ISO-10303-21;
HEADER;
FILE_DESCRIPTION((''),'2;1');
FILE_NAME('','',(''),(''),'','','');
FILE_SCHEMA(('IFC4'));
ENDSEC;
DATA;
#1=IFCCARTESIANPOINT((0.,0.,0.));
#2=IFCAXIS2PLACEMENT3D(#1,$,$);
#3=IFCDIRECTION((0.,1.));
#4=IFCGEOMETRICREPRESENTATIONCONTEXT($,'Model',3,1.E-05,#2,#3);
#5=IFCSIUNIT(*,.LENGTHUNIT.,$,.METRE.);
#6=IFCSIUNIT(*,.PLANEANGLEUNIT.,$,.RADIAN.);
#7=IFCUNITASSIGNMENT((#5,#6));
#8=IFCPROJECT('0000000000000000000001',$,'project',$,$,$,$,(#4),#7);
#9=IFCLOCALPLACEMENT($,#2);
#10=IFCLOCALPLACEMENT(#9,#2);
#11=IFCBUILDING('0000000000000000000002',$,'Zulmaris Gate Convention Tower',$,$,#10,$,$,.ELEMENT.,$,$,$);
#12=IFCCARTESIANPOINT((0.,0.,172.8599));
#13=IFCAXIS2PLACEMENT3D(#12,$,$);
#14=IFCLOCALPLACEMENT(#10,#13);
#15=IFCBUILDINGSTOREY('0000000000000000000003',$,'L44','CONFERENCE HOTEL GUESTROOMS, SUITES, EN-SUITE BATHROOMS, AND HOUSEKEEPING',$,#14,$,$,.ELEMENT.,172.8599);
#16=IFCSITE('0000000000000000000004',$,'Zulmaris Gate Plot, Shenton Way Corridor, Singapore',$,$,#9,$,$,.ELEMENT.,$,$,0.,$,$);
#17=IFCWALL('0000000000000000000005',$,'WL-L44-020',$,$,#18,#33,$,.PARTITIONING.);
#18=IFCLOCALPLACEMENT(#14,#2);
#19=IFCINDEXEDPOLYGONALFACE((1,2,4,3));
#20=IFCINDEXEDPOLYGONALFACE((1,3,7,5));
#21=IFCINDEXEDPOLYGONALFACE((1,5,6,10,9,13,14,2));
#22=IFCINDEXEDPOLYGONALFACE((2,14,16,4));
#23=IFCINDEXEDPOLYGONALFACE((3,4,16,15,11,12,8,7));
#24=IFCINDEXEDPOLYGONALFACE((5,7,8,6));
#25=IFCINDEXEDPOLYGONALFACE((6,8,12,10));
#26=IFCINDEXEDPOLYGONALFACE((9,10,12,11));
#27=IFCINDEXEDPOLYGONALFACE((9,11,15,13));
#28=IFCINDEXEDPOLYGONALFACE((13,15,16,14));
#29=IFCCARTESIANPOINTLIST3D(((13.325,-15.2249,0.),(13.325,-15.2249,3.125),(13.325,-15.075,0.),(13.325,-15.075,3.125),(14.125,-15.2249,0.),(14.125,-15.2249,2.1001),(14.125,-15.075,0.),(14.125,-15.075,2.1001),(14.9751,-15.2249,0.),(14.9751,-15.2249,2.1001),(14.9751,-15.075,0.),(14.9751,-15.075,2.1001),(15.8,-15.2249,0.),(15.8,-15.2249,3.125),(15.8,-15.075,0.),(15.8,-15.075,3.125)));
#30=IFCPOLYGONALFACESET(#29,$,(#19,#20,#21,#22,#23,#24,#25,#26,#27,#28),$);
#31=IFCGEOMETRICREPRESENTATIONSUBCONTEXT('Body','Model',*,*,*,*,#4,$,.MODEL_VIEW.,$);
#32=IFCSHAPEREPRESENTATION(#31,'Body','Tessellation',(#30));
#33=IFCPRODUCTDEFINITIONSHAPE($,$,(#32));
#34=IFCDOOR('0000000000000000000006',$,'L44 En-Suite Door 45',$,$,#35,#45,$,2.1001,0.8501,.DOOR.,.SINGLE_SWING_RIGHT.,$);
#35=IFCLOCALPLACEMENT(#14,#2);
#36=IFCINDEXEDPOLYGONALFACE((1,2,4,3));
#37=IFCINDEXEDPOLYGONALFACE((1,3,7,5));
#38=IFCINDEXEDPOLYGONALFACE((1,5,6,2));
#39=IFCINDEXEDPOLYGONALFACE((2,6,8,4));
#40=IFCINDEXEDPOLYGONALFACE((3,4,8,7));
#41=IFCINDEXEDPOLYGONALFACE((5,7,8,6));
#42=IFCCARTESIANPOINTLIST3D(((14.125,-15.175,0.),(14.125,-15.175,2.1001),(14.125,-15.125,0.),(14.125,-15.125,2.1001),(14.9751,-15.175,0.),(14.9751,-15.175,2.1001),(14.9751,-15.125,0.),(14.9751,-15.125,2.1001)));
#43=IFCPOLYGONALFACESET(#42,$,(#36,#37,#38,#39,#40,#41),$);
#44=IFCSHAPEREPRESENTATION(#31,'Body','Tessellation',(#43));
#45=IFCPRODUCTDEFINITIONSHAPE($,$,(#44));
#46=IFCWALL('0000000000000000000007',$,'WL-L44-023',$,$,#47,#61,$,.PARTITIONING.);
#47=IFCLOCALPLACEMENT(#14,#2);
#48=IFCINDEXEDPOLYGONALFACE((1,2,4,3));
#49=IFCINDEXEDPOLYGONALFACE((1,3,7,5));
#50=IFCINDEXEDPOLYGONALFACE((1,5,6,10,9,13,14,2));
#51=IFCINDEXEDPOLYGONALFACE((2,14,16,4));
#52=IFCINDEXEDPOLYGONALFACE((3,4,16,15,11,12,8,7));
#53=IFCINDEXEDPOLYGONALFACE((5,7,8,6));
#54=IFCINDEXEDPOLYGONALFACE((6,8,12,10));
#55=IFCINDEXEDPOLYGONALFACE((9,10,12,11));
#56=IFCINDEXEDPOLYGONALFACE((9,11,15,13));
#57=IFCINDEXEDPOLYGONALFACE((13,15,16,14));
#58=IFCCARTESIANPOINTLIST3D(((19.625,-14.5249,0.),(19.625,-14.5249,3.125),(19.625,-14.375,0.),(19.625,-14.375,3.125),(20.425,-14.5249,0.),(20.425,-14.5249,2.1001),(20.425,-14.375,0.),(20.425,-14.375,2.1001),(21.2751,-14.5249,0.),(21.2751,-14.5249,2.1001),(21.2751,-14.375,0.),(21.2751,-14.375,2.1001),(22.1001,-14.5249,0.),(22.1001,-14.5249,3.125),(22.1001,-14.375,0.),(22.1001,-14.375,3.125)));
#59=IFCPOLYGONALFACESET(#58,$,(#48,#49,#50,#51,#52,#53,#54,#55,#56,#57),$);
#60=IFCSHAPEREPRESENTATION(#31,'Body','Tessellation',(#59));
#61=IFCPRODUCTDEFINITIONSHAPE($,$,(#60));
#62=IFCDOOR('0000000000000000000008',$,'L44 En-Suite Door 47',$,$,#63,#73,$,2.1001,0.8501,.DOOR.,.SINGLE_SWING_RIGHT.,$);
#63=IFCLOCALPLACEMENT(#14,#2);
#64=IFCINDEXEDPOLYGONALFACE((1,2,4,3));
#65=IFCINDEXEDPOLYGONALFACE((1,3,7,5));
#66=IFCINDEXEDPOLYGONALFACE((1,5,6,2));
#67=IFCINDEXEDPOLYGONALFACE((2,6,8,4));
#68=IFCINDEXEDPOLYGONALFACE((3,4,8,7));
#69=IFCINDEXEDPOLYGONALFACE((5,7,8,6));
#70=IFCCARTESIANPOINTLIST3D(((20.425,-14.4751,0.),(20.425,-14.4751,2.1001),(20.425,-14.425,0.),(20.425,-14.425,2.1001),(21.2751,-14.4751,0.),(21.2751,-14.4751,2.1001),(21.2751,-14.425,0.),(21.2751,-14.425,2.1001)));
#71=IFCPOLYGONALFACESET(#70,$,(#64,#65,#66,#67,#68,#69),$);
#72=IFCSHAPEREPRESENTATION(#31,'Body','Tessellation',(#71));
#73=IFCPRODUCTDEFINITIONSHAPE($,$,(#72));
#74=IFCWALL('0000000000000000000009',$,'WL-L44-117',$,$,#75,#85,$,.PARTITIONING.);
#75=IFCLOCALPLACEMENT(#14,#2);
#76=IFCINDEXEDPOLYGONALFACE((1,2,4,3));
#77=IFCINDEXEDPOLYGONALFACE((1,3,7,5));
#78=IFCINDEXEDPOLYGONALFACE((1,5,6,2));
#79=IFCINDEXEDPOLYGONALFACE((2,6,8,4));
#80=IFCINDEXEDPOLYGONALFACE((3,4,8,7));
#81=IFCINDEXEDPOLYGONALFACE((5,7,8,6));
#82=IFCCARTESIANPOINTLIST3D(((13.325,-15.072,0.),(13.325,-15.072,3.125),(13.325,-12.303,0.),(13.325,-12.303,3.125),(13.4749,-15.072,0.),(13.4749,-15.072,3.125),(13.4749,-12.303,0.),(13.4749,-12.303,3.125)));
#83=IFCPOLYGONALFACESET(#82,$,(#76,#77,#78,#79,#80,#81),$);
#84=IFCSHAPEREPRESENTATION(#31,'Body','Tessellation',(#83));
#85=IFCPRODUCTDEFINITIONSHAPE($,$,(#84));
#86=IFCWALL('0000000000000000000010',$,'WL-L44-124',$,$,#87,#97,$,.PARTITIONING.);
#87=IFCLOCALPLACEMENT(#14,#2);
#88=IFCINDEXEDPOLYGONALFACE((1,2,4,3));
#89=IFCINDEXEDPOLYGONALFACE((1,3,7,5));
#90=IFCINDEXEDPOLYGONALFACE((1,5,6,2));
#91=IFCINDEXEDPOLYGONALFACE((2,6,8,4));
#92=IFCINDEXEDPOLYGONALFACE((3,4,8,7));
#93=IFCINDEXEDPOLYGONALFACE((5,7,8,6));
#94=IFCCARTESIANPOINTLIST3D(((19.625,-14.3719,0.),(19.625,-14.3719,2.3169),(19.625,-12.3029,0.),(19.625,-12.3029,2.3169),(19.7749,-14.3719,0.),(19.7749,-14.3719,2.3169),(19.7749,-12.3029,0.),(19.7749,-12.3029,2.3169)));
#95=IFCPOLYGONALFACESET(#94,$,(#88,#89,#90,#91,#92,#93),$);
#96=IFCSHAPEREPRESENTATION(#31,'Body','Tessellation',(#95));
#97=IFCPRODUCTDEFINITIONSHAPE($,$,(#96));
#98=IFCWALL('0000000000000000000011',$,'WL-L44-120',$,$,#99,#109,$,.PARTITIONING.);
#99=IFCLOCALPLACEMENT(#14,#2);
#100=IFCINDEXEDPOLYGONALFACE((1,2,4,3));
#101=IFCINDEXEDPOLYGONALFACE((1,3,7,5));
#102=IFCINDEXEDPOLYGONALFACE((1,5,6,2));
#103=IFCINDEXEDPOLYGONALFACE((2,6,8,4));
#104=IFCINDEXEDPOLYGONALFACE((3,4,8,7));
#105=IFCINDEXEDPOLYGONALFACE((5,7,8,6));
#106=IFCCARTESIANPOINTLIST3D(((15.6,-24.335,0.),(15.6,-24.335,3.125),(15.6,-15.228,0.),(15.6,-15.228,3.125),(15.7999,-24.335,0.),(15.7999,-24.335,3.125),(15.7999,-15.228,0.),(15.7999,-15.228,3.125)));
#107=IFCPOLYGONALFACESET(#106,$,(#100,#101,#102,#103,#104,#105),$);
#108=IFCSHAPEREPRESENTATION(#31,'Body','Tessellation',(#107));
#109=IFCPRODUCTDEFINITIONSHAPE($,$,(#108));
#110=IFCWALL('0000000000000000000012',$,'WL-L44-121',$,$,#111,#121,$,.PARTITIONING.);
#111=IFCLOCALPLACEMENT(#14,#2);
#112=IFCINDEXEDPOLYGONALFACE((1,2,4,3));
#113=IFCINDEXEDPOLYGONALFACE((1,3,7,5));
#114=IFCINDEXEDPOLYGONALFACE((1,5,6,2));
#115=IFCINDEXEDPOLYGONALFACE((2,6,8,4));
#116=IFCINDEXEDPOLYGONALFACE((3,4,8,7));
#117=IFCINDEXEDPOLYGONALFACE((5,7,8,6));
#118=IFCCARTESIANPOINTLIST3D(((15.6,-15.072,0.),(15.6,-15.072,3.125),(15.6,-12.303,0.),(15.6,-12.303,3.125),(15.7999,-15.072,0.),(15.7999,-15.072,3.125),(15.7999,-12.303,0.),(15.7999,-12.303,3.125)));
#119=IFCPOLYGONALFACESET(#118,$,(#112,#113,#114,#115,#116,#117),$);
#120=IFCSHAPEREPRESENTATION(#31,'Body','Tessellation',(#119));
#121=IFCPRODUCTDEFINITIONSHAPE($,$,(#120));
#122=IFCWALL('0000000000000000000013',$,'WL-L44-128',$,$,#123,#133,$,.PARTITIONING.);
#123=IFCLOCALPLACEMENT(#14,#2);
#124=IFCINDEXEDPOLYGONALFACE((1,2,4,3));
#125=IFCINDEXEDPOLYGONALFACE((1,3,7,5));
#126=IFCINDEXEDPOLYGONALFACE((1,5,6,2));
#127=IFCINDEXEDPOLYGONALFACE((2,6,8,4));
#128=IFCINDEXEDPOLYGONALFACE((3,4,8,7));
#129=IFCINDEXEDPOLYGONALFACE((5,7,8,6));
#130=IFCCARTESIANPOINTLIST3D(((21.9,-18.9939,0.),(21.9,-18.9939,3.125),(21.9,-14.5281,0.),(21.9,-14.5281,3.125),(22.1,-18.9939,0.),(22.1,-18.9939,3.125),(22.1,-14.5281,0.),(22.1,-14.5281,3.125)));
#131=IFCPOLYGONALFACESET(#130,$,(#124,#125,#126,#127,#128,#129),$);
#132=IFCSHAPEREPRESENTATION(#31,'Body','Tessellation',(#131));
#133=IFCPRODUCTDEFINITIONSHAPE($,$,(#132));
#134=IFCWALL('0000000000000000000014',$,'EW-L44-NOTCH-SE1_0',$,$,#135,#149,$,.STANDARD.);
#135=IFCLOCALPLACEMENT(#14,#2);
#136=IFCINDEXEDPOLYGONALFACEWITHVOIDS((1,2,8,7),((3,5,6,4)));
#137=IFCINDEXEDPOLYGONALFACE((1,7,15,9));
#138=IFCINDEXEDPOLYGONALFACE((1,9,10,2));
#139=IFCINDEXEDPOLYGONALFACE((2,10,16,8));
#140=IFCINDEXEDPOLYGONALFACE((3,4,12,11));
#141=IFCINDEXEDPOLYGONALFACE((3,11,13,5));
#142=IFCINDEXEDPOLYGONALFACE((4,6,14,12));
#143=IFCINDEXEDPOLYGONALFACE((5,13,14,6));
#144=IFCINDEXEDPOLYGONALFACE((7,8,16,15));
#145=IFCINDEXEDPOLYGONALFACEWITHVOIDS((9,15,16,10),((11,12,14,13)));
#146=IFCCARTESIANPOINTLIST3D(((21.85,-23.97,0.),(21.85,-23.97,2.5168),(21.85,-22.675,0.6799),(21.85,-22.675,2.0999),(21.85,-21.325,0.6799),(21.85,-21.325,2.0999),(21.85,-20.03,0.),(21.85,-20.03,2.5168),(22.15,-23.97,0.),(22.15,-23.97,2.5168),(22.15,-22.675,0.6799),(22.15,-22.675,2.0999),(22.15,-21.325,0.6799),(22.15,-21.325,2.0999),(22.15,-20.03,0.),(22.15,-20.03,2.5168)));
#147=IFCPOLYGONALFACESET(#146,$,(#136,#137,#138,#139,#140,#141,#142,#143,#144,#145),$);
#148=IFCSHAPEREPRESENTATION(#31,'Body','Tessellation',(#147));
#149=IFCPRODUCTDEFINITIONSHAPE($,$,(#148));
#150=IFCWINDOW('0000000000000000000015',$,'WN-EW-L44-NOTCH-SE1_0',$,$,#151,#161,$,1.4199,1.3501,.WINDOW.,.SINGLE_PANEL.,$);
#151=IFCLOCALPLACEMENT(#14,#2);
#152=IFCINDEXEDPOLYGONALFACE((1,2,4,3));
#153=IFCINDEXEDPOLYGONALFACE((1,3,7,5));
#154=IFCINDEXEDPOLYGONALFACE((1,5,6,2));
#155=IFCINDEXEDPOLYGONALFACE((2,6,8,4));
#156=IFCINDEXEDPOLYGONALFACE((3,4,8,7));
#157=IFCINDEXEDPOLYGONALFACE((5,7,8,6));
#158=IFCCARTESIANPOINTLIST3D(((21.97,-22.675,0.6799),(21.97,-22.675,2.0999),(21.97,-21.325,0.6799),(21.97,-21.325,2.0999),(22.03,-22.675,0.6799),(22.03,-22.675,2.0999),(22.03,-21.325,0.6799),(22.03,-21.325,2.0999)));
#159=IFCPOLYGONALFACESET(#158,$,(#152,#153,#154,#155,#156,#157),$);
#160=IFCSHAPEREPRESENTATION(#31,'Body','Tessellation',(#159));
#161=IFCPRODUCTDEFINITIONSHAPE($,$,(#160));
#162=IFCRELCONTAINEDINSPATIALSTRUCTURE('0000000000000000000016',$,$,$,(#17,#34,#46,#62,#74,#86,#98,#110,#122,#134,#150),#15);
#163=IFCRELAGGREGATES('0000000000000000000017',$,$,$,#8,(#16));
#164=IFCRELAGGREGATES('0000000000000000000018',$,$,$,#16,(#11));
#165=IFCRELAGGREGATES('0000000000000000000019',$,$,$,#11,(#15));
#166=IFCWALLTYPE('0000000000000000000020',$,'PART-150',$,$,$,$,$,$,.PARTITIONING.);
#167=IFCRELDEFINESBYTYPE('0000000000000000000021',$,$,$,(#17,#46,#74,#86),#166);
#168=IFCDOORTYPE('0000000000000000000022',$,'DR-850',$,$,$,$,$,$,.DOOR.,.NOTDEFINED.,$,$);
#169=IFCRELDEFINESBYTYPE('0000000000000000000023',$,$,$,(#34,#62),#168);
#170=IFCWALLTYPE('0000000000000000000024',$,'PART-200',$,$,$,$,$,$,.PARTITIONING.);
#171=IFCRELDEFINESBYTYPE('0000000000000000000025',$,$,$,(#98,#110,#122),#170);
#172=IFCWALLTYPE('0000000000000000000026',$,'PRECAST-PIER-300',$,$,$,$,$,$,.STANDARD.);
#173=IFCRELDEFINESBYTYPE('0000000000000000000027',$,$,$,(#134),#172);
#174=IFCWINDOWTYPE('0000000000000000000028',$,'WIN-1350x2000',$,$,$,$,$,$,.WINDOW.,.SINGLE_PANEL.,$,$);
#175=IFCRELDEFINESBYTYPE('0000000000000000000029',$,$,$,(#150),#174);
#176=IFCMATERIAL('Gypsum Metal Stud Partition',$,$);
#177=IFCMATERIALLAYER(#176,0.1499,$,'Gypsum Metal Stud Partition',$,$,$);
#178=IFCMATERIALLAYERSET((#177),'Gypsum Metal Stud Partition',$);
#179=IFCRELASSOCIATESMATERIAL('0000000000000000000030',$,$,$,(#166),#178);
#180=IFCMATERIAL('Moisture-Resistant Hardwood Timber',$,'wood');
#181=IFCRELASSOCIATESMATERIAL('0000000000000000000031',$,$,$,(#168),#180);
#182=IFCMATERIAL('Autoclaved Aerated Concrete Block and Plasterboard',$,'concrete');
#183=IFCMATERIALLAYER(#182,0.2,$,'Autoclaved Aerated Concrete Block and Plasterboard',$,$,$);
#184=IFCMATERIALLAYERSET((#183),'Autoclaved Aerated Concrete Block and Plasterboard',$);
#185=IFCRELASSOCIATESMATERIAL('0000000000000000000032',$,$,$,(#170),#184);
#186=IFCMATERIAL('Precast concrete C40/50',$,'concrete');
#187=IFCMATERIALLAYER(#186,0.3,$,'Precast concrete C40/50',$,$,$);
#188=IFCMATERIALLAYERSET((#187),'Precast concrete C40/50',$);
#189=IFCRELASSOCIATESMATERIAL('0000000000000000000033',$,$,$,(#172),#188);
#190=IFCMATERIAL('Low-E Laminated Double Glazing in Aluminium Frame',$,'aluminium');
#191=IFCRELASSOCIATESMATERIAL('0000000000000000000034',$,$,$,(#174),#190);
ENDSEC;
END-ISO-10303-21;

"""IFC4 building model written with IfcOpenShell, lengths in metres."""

from ifc_helpers import new_model, si_unit, direction, frame, frame_2d, origin, place, context, subcontext, project, spatial, rectangle, extrude, material, layer, layer_set, type_object, element, fill, save


model = new_model("IFC4")

# Units and contexts
model_context = context("Model", 3, precision=1e-05, world=origin(), true_north=direction((0.0, 1.0)))
body_context = subcontext(model_context, "Body", "Model", "MODEL_VIEW")
ifc_project = project(units=[si_unit("LENGTHUNIT", "METRE"), si_unit("PLANEANGLEUNIT", "RADIAN")], contexts=[model_context])

# Site, building, storey
site_placement = place(None, origin())
site = spatial("IfcSite", under=ifc_project, at=site_placement, Name="Zulmaris Gate Plot, Shenton Way Corridor, Singapore", CompositionType="ELEMENT", RefElevation=0.0)
building_placement = place(site_placement, origin())
building = spatial("IfcBuilding", under=site, at=building_placement, Name="Zulmaris Gate Convention Tower", CompositionType="ELEMENT")
storey_placement = place(building_placement, frame((0.0, 0.0, 172.8599)))
storey = spatial("IfcBuildingStorey", under=building, at=storey_placement, Name="L44", Description="CONFERENCE HOTEL GUESTROOMS, SUITES, EN-SUITE BATHROOMS, AND HOUSEKEEPING", CompositionType="ELEMENT", Elevation=172.8599)

# Walls, openings, doors
ifc_material_1 = material(Name="Gypsum Metal Stud Partition")
ifc_layer_1 = layer(ifc_material_1, 0.1499, Name="Gypsum Metal Stud Partition")
ifc_layer_set_1 = layer_set([ifc_layer_1], Name="Gypsum Metal Stud Partition")
wall_type_1 = type_object("IfcWallType", Name="PART-150", PredefinedType="PARTITIONING", material=ifc_layer_set_1)
wall_1_placement = place(storey_placement, frame((13.325, -15.1499, 0.0), z_axis=(0.0, 0.0, 1.0), x_axis=(1.0, 0.0, 0.0)))
wall_1 = element("IfcWall", 1, at=wall_1_placement, inside=storey, type_object=wall_type_1, Name="WL-L44-020", PredefinedType="PARTITIONING", context=body_context, shape_type="SweptSolid", body=[
    extrude(rectangle(XDim=2.4751, YDim=0.1499, at=frame_2d((1.2375, 0.0))), origin(), (0.0, 0.0, 1.0), 3.125),
])
opening_1_placement = place(wall_1_placement, frame((0.8, 0.0, 0.0)))
opening_1 = element("IfcOpeningElement", 2, at=opening_1_placement, cuts=wall_1, PredefinedType="OPENING", context=body_context, shape_type="SweptSolid", body=[
    extrude(rectangle(XDim=0.8501, YDim=2.1001, at=frame_2d((0.425, 1.05))), frame((0.0, 0.085, 0.0), z_axis=(0.0, -1.0, 0.0), x_axis=(1.0, 0.0, 0.0)), (0.0, 0.0, 1.0), 0.1699),
])
ifc_material_2 = material(Name="Moisture-Resistant Hardwood Timber", Category="wood")
door_type = type_object("IfcDoorType", Name="DR-850", OperationType="NOTDEFINED", PredefinedType="DOOR", material=ifc_material_2)
door_1_placement = place(opening_1_placement, origin())
door_1 = element("IfcDoor", 3, at=door_1_placement, inside=storey, type_object=door_type, Name="L44 En-Suite Door 45", OperationType="SINGLE_SWING_RIGHT", OverallHeight=2.1001, OverallWidth=0.8501, PredefinedType="DOOR", context=body_context, shape_type="SweptSolid", body=[
    extrude(rectangle(XDim=0.8501, YDim=2.1001, at=frame_2d((0.425, 1.05))), frame((0.0, 0.0249, 0.0), z_axis=(0.0, -1.0, 0.0), x_axis=(1.0, 0.0, 0.0)), (0.0, 0.0, 1.0), 0.05),
])
fill(opening_1, door_1)
wall_2_placement = place(storey_placement, frame((19.625, -14.45, 0.0), z_axis=(0.0, 0.0, 1.0), x_axis=(1.0, 0.0, 0.0)))
wall_2 = element("IfcWall", 4, at=wall_2_placement, inside=storey, type_object=wall_type_1, Name="WL-L44-023", PredefinedType="PARTITIONING", context=body_context, shape_type="SweptSolid", body=[
    extrude(rectangle(XDim=2.4751, YDim=0.1499, at=frame_2d((1.2375, 0.0))), origin(), (0.0, 0.0, 1.0), 3.125),
])
opening_2_placement = place(wall_2_placement, frame((0.8, 0.0, 0.0)))
opening_2 = element("IfcOpeningElement", 5, at=opening_2_placement, cuts=wall_2, PredefinedType="OPENING", context=body_context, shape_type="SweptSolid", body=[
    extrude(rectangle(XDim=0.8501, YDim=2.1001, at=frame_2d((0.425, 1.05))), frame((0.0, 0.085, 0.0), z_axis=(0.0, -1.0, 0.0), x_axis=(1.0, 0.0, 0.0)), (0.0, 0.0, 1.0), 0.1699),
])
door_2_placement = place(opening_2_placement, origin())
door_2 = element("IfcDoor", 6, at=door_2_placement, inside=storey, type_object=door_type, Name="L44 En-Suite Door 47", OperationType="SINGLE_SWING_RIGHT", OverallHeight=2.1001, OverallWidth=0.8501, PredefinedType="DOOR", context=body_context, shape_type="SweptSolid", body=[
    extrude(rectangle(XDim=0.8501, YDim=2.1001, at=frame_2d((0.425, 1.05))), frame((0.0, 0.0249, 0.0), z_axis=(0.0, -1.0, 0.0), x_axis=(1.0, 0.0, 0.0)), (0.0, 0.0, 1.0), 0.05),
])
fill(opening_2, door_2)

# Walls
wall_3_placement = place(storey_placement, frame((13.3999, -15.072, 0.0), z_axis=(0.0, 0.0, 1.0), x_axis=(0.0, 1.0, 0.0)))
element("IfcWall", 7, at=wall_3_placement, inside=storey, type_object=wall_type_1, Name="WL-L44-117", PredefinedType="PARTITIONING", context=body_context, shape_type="SweptSolid", body=[
    extrude(rectangle(XDim=2.769, YDim=0.1499, at=frame_2d((1.3845, 0.0))), origin(), (0.0, 0.0, 1.0), 3.125),
])
wall_4_placement = place(storey_placement, frame((19.7, -14.3721, 0.0), z_axis=(0.0, 0.0, 1.0), x_axis=(0.0, 1.0, 0.0)))
element("IfcWall", 8, at=wall_4_placement, inside=storey, type_object=wall_type_1, Name="WL-L44-124", PredefinedType="PARTITIONING", context=body_context, shape_type="SweptSolid", body=[
    extrude(rectangle(XDim=2.0691, YDim=0.1499, at=frame_2d((1.0347, 0.0))), origin(), (0.0, 0.0, 1.0), 2.3169),
])
ifc_material_3 = material(Name="Autoclaved Aerated Concrete Block and Plasterboard", Category="concrete")
ifc_layer_2 = layer(ifc_material_3, 0.2, Name="Autoclaved Aerated Concrete Block and Plasterboard")
ifc_layer_set_2 = layer_set([ifc_layer_2], Name="Autoclaved Aerated Concrete Block and Plasterboard")
wall_type_2 = type_object("IfcWallType", Name="PART-200", PredefinedType="PARTITIONING", material=ifc_layer_set_2)
wall_5_placement = place(storey_placement, frame((15.7, -24.335, 0.0), z_axis=(0.0, 0.0, 1.0), x_axis=(0.0, 1.0, 0.0)))
element("IfcWall", 9, at=wall_5_placement, inside=storey, type_object=wall_type_2, Name="WL-L44-120", PredefinedType="PARTITIONING", context=body_context, shape_type="SweptSolid", body=[
    extrude(rectangle(XDim=9.1069, YDim=0.2, at=frame_2d((4.5535, 0.0))), origin(), (0.0, 0.0, 1.0), 3.125),
])
wall_6_placement = place(storey_placement, frame((15.7, -15.072, 0.0), z_axis=(0.0, 0.0, 1.0), x_axis=(0.0, 1.0, 0.0)))
element("IfcWall", 10, at=wall_6_placement, inside=storey, type_object=wall_type_2, Name="WL-L44-121", PredefinedType="PARTITIONING", context=body_context, shape_type="SweptSolid", body=[
    extrude(rectangle(XDim=2.769, YDim=0.2, at=frame_2d((1.3845, 0.0))), origin(), (0.0, 0.0, 1.0), 3.125),
])
wall_7_placement = place(storey_placement, frame((22.0, -18.9939, 0.0), z_axis=(0.0, 0.0, 1.0), x_axis=(0.0, 1.0, 0.0)))
element("IfcWall", 11, at=wall_7_placement, inside=storey, type_object=wall_type_2, Name="WL-L44-128", PredefinedType="PARTITIONING", context=body_context, shape_type="SweptSolid", body=[
    extrude(rectangle(XDim=4.4658, YDim=0.2, at=frame_2d((2.2329, 0.0))), origin(), (0.0, 0.0, 1.0), 3.125),
])

# Wall, opening, window
ifc_material_4 = material(Name="Precast concrete C40/50", Category="concrete")
ifc_layer_3 = layer(ifc_material_4, 0.3, Name="Precast concrete C40/50")
ifc_layer_set_3 = layer_set([ifc_layer_3], Name="Precast concrete C40/50")
wall_type_3 = type_object("IfcWallType", Name="PRECAST-PIER-300", PredefinedType="STANDARD", material=ifc_layer_set_3)
wall_8_placement = place(storey_placement, frame((22.0, -23.97, 0.0), z_axis=(0.0, 0.0, 1.0), x_axis=(0.0, 1.0, 0.0)))
wall_8 = element("IfcWall", 12, at=wall_8_placement, inside=storey, type_object=wall_type_3, Name="EW-L44-NOTCH-SE1_0", PredefinedType="STANDARD", context=body_context, shape_type="SweptSolid", body=[
    extrude(rectangle(XDim=3.9399, YDim=0.3, at=frame_2d((1.97, 0.0))), origin(), (0.0, 0.0, 1.0), 2.5168),
])
opening_3_placement = place(wall_8_placement, frame((1.2949, 0.0, 0.6799)))
opening_3 = element("IfcOpeningElement", 13, at=opening_3_placement, cuts=wall_8, PredefinedType="OPENING", context=body_context, shape_type="SweptSolid", body=[
    extrude(rectangle(XDim=1.3501, YDim=1.4199, at=frame_2d((0.675, 0.71))), frame((0.0, 0.1602, 0.0), z_axis=(0.0, -1.0, 0.0), x_axis=(1.0, 0.0, 0.0)), (0.0, 0.0, 1.0), 0.3201),
])
ifc_material_5 = material(Name="Low-E Laminated Double Glazing in Aluminium Frame", Category="aluminium")
window_type = type_object("IfcWindowType", Name="WIN-1350x2000", PartitioningType="SINGLE_PANEL", PredefinedType="WINDOW", material=ifc_material_5)
window_1_placement = place(opening_3_placement, origin())
window_1 = element("IfcWindow", 14, at=window_1_placement, inside=storey, type_object=window_type, Name="WN-EW-L44-NOTCH-SE1_0", OverallHeight=1.4199, OverallWidth=1.3501, PartitioningType="SINGLE_PANEL", PredefinedType="WINDOW", context=body_context, shape_type="SweptSolid", body=[
    extrude(rectangle(XDim=1.3501, YDim=1.4199, at=frame_2d((0.675, 0.71))), frame((0.0, 0.03, 0.0), z_axis=(0.0, -1.0, 0.0), x_axis=(1.0, 0.0, 0.0)), (0.0, 0.0, 1.0), 0.0601),
])
fill(opening_3, window_1)

save(model, "model.ifc")
